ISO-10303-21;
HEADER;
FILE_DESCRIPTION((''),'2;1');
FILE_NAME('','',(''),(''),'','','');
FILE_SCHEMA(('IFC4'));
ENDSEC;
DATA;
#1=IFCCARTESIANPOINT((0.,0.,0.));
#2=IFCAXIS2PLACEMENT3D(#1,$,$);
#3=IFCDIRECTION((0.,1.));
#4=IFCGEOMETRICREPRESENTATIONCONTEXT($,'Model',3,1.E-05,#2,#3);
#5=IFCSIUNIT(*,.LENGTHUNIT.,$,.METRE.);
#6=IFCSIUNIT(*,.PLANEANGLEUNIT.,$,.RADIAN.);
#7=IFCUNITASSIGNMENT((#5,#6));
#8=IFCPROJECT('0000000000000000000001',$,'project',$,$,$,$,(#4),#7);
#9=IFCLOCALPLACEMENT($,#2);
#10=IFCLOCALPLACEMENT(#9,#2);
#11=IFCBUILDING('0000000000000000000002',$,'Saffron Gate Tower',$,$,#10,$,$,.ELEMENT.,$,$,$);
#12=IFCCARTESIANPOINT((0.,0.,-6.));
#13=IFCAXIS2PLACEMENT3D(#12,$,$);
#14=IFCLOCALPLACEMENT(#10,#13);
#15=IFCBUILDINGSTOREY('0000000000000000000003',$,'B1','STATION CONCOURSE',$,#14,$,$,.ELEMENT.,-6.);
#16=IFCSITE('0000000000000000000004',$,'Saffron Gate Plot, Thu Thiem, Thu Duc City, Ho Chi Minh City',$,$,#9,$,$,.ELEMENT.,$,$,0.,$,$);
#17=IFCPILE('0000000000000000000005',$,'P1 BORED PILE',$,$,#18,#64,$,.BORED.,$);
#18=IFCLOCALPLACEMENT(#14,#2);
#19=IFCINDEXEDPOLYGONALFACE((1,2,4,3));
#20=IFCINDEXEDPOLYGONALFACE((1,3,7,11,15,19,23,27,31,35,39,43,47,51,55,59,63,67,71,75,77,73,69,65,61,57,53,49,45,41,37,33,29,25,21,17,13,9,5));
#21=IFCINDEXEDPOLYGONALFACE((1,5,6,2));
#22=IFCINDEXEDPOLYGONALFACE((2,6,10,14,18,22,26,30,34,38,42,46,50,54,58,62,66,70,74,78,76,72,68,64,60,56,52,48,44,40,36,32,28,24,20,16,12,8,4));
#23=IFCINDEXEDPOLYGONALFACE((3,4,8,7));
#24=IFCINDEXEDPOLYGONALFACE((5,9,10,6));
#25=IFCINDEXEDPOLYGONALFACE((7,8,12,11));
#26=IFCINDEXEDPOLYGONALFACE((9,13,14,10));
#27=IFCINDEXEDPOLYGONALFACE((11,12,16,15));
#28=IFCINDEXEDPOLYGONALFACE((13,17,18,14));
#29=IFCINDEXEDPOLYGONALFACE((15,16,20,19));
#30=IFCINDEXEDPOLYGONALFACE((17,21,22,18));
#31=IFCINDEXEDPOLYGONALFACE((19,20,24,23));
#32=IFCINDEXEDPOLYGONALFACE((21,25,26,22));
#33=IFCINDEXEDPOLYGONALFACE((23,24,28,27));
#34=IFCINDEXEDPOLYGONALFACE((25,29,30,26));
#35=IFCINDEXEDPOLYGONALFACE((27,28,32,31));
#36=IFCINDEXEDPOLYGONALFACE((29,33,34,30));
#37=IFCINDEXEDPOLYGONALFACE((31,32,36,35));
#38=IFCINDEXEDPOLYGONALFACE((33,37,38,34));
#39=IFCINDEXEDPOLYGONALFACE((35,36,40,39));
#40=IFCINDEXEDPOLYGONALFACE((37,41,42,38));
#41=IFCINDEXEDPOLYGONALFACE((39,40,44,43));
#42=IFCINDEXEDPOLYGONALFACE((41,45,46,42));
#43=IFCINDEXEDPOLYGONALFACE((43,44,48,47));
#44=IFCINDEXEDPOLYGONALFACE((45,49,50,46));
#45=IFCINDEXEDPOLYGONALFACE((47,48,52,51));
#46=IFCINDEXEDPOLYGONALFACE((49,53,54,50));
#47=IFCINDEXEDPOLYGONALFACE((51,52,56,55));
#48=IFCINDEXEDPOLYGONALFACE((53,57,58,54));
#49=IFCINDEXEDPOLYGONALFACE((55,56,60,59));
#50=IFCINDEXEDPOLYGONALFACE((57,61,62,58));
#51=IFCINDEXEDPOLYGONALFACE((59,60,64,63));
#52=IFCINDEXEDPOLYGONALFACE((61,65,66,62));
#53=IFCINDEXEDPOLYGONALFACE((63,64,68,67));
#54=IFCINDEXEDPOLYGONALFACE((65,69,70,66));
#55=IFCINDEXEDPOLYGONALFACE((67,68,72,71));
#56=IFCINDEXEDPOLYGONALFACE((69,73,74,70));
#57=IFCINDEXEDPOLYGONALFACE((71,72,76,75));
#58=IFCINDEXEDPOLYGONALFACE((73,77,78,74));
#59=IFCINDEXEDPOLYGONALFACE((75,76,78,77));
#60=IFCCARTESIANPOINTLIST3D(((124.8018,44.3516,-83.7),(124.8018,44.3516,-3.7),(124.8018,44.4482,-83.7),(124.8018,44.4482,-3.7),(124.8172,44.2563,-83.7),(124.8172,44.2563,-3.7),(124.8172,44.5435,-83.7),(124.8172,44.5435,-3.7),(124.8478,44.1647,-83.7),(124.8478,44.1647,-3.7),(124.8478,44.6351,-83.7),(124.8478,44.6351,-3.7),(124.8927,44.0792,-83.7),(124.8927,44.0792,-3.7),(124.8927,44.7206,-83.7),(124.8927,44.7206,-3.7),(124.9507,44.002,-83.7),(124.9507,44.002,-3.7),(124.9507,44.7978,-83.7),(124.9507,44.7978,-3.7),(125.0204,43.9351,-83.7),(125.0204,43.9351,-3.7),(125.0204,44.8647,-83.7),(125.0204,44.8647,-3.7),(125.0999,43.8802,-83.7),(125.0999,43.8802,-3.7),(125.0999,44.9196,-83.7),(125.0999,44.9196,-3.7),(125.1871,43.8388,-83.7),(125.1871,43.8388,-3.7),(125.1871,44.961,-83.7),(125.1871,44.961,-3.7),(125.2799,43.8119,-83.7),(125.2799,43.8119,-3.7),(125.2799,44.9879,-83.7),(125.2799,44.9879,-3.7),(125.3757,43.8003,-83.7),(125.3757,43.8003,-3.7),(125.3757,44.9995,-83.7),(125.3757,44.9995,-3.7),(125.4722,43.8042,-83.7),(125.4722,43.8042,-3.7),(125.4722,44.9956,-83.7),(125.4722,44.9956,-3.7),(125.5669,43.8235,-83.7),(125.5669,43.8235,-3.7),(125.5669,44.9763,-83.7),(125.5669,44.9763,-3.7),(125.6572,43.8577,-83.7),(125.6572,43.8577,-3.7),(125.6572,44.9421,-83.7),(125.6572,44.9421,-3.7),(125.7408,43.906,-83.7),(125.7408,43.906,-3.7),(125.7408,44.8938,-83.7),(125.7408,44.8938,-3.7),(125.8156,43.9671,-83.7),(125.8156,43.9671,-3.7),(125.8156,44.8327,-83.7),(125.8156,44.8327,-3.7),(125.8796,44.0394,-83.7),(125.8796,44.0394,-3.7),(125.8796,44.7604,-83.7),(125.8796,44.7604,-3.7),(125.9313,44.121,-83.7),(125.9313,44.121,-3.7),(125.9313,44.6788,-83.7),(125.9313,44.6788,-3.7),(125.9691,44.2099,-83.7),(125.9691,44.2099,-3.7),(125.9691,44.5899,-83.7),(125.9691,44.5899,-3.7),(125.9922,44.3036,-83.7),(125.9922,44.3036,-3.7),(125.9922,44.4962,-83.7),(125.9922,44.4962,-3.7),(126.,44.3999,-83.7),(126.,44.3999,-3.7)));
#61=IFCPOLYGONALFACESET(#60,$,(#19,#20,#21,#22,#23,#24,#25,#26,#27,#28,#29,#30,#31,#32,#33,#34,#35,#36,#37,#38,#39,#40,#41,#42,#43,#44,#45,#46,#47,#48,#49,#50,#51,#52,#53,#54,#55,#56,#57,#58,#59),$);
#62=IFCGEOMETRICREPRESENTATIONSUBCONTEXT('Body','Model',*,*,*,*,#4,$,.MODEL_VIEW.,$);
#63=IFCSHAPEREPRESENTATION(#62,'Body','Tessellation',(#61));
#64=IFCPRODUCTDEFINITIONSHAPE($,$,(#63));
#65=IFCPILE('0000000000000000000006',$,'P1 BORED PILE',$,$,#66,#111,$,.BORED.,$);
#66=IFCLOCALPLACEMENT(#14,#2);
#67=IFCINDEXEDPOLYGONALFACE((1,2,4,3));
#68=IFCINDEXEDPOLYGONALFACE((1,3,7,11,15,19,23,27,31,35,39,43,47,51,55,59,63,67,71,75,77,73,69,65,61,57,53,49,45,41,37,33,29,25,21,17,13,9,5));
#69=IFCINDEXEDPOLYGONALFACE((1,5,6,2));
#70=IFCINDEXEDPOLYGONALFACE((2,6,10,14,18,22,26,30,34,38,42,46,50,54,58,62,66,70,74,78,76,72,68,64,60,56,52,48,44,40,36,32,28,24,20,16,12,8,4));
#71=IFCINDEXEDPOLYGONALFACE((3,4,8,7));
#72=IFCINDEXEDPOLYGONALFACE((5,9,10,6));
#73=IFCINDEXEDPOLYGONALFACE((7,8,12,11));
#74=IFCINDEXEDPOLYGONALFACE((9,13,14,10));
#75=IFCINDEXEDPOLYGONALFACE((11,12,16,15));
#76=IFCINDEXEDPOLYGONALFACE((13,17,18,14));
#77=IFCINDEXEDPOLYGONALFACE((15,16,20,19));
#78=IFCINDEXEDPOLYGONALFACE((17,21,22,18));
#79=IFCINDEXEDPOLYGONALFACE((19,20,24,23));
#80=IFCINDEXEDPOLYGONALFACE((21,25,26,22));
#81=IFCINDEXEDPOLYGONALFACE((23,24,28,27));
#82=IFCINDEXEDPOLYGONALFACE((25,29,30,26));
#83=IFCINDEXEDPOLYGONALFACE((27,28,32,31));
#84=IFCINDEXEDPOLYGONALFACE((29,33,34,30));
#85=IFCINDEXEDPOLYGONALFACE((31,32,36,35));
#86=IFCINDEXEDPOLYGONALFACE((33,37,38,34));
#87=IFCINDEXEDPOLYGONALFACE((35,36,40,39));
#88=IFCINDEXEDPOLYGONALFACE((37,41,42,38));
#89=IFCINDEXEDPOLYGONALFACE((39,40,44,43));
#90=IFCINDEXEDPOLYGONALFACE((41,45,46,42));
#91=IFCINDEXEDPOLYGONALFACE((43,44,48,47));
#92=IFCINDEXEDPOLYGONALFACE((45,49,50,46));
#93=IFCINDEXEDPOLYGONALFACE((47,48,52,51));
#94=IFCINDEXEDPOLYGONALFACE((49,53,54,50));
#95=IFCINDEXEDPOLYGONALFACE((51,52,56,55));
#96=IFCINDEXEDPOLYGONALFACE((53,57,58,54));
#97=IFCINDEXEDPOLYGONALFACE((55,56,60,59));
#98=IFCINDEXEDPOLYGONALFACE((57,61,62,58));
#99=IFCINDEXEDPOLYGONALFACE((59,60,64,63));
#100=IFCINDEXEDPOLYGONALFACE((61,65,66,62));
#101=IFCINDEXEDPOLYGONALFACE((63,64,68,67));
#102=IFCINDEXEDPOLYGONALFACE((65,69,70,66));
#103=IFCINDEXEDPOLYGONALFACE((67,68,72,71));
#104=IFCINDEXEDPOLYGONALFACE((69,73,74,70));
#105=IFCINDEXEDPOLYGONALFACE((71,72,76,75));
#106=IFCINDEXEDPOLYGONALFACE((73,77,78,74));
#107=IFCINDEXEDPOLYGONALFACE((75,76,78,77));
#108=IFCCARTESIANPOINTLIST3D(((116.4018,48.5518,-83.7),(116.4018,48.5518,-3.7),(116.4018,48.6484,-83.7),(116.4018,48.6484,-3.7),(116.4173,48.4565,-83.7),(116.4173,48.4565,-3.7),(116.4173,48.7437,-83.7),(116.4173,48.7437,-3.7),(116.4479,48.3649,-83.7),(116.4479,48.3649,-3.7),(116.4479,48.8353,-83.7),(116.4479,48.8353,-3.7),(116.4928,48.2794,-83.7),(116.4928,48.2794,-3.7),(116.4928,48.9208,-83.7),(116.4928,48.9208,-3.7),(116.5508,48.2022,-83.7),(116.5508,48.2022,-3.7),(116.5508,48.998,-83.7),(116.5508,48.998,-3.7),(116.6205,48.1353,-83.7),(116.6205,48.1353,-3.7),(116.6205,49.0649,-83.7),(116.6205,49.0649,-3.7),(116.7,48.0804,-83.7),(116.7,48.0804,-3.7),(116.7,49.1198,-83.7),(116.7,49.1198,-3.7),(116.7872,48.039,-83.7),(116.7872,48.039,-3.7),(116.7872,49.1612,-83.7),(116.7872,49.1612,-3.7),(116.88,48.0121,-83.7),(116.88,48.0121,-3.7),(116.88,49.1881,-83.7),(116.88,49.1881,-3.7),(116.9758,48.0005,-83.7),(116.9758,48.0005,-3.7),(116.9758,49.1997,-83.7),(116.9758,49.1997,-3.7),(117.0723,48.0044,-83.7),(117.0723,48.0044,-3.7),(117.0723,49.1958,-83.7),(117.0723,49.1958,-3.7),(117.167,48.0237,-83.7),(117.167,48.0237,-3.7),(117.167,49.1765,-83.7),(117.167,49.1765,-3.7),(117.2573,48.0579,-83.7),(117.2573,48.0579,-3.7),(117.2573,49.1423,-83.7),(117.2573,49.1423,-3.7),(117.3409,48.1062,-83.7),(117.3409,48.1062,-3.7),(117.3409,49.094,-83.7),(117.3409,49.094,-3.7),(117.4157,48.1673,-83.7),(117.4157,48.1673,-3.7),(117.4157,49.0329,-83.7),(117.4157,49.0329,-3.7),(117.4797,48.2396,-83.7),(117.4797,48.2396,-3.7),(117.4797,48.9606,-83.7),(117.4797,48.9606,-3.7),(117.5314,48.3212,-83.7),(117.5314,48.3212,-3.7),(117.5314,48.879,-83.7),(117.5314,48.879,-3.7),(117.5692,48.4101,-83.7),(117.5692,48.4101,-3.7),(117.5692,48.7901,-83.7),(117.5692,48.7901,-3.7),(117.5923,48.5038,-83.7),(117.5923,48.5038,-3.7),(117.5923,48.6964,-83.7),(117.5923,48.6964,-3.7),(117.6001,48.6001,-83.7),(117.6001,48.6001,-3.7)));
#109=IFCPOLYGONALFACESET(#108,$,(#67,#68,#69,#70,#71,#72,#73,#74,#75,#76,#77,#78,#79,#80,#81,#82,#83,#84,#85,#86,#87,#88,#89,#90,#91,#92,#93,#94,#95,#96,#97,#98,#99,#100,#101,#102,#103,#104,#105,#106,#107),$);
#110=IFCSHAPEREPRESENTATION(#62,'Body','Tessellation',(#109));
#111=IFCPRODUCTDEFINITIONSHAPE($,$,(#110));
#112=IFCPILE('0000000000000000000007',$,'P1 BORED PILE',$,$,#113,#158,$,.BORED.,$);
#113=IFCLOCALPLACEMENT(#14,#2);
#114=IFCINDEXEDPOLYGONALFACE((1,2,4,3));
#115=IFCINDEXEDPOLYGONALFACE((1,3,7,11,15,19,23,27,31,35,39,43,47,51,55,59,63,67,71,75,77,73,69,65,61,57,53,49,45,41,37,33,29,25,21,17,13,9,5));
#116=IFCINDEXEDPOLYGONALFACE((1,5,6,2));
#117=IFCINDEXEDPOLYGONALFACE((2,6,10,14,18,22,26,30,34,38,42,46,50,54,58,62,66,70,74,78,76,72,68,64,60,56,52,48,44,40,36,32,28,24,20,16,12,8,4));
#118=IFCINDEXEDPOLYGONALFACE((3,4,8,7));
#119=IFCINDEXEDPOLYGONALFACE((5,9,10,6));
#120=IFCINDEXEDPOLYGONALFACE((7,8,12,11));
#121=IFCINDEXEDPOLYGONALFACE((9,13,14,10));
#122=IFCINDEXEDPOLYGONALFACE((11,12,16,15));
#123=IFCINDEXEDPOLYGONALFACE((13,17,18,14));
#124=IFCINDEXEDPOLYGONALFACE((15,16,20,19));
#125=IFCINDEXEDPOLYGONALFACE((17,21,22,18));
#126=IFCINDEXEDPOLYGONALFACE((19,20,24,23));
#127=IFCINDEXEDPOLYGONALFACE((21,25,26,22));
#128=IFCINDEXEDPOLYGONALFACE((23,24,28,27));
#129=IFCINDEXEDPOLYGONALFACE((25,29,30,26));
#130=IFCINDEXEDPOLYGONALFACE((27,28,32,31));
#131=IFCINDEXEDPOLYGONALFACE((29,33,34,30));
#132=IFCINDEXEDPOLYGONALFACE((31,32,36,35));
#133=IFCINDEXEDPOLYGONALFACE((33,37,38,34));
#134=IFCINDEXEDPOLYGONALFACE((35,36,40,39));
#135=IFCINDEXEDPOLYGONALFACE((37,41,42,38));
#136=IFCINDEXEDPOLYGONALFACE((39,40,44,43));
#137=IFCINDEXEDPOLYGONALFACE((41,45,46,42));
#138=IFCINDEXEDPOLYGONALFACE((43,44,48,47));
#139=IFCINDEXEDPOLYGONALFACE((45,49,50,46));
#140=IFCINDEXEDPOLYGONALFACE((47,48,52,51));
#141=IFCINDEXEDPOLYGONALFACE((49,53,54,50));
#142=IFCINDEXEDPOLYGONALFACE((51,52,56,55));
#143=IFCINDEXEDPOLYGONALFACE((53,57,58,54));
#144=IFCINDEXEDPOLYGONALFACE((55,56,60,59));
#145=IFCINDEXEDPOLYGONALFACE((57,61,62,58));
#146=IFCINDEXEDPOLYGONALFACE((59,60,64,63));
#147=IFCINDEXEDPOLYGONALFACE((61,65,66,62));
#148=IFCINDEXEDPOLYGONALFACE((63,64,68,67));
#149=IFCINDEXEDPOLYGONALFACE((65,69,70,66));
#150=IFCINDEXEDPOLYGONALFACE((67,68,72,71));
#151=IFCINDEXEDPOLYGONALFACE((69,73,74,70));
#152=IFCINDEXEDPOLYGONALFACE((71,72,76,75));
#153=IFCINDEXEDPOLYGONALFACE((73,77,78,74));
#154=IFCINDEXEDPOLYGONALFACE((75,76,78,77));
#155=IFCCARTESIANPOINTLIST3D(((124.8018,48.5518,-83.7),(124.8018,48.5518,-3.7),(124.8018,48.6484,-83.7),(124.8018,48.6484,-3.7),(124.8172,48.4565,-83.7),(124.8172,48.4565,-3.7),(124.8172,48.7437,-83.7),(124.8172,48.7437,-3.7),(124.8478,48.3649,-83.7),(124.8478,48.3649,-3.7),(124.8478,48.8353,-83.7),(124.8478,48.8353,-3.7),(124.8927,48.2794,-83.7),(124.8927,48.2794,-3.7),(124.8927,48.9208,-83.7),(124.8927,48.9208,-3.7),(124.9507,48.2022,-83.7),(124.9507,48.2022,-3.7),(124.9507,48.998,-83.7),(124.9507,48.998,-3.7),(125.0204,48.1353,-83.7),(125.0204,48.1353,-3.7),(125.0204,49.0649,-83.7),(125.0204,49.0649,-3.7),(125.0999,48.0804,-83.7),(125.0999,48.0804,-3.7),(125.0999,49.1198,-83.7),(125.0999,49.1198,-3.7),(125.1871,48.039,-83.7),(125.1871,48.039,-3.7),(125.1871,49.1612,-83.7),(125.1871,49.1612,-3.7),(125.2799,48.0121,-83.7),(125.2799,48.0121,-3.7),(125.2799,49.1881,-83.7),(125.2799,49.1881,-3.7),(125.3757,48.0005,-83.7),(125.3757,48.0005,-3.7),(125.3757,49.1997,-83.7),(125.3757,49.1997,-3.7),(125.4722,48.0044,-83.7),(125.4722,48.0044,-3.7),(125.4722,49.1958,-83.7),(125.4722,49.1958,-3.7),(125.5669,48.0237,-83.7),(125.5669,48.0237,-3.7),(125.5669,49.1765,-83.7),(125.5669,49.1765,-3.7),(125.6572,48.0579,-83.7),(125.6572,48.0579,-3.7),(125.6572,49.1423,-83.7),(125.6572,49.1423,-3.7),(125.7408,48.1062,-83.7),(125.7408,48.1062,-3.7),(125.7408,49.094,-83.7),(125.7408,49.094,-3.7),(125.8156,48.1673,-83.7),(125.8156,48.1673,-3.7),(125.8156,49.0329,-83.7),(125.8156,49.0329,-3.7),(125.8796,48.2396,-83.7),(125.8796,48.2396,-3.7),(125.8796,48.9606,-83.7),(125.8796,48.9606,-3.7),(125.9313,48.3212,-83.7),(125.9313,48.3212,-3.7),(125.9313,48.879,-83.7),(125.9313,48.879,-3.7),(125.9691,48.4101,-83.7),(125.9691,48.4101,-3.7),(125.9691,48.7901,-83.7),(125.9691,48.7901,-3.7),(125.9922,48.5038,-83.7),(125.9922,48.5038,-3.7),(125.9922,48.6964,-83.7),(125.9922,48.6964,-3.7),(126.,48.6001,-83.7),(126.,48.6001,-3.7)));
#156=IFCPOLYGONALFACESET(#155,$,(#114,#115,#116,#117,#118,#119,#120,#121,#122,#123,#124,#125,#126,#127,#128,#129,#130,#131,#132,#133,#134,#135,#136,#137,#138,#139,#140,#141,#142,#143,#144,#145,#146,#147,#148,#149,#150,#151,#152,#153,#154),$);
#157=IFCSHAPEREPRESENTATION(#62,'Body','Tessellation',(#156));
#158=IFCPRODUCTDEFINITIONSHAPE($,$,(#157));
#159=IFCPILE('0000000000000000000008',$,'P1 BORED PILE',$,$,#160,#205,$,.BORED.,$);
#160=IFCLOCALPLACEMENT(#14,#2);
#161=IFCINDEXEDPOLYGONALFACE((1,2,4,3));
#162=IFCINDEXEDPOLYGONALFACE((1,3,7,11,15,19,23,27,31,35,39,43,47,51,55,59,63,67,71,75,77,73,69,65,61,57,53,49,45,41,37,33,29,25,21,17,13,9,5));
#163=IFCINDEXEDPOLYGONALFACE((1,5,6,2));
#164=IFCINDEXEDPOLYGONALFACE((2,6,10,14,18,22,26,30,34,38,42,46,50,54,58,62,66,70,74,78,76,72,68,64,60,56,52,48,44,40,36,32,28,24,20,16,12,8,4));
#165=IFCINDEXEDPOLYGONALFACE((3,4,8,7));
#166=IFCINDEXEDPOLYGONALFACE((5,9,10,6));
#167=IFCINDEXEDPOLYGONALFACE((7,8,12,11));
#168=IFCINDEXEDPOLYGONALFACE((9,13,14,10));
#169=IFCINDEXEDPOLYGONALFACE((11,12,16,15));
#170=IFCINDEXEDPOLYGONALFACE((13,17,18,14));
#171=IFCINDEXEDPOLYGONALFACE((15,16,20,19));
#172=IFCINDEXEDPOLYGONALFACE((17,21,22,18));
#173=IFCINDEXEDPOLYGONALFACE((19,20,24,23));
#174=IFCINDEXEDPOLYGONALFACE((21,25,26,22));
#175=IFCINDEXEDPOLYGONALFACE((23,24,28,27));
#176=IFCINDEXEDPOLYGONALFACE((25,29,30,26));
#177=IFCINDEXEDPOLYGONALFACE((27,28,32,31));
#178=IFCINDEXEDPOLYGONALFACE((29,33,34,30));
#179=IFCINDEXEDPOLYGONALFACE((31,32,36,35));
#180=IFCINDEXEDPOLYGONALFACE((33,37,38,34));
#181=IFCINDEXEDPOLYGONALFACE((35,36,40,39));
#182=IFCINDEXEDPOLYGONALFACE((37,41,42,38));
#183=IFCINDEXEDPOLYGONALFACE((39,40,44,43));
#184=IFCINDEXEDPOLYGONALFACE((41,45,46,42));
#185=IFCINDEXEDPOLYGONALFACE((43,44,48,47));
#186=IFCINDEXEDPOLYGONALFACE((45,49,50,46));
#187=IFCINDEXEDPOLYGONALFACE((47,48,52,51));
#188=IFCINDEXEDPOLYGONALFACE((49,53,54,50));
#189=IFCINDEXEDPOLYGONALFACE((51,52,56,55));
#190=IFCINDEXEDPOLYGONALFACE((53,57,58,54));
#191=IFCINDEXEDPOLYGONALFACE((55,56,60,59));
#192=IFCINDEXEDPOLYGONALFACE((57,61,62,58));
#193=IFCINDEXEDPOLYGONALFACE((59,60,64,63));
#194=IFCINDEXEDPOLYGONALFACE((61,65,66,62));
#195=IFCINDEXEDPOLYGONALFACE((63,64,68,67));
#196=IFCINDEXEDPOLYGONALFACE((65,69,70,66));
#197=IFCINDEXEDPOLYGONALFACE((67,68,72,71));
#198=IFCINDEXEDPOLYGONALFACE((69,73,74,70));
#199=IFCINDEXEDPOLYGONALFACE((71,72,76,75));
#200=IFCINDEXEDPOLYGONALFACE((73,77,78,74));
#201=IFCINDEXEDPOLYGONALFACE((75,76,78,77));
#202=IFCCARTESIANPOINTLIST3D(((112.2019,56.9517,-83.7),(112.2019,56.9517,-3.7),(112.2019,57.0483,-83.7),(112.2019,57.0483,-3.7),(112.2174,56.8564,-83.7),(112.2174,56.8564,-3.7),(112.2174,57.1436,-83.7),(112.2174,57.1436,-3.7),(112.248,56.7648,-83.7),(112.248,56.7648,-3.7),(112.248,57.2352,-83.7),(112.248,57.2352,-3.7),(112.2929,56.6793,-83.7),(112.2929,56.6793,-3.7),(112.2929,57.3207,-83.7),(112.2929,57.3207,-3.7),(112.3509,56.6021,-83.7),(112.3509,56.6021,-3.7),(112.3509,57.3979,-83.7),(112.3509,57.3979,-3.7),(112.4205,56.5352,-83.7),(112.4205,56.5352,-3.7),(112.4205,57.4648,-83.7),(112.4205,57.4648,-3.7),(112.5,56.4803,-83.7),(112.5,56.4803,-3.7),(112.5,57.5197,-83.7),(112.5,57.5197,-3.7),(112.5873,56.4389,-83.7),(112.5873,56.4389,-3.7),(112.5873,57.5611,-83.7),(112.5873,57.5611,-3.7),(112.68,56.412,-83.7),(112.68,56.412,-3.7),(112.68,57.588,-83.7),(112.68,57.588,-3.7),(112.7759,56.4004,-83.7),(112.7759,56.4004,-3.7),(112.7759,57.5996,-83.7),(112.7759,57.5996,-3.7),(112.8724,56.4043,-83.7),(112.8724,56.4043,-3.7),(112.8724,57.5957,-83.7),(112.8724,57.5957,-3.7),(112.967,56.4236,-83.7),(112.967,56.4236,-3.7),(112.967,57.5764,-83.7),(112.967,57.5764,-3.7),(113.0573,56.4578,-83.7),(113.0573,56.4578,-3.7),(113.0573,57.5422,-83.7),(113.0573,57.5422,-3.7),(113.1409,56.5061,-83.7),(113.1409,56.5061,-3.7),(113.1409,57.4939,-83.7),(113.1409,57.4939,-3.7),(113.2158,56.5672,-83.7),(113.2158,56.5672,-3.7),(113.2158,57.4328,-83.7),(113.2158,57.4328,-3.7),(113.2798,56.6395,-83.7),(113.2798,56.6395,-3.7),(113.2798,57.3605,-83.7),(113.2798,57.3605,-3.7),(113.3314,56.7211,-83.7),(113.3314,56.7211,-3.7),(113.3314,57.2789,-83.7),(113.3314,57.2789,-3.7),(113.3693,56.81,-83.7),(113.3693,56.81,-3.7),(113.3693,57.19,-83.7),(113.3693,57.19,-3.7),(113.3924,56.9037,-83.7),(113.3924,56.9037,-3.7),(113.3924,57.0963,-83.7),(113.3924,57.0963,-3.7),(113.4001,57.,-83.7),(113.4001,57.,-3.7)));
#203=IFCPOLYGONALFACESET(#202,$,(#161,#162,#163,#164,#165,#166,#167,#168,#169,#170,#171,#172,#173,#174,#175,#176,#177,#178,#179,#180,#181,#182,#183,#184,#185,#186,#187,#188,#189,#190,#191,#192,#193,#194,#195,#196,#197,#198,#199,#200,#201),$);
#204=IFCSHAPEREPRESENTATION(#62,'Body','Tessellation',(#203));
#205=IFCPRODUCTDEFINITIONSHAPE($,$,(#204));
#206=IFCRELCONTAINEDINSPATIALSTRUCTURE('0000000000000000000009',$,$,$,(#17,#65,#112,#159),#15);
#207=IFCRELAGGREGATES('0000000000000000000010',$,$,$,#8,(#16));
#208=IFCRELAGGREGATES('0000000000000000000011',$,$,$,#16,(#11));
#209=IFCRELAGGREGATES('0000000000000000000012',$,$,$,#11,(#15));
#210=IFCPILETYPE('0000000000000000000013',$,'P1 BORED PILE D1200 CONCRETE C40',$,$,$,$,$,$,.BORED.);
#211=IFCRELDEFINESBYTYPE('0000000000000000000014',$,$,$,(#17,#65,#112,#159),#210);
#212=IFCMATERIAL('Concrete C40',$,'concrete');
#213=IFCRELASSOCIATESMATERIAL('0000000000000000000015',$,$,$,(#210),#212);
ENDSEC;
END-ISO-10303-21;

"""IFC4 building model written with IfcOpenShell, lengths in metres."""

from ifc_helpers import new_model, si_unit, direction, frame, origin, origin_2d, place, context, subcontext, project, spatial, circle, extrude, material, material_profile, profile_set, type_object, element, save


model = new_model("IFC4")

# Units and contexts
model_context = context("Model", 3, precision=1e-05, world=origin(), true_north=direction((0.0, 1.0)))
body_context = subcontext(model_context, "Body", "Model", "MODEL_VIEW")
ifc_project = project(units=[si_unit("LENGTHUNIT", "METRE"), si_unit("PLANEANGLEUNIT", "RADIAN")], contexts=[model_context])

# Site, building, storey
site_placement = place(None, origin())
site = spatial("IfcSite", under=ifc_project, at=site_placement, Name="Saffron Gate Plot, Thu Thiem, Thu Duc City, Ho Chi Minh City", CompositionType="ELEMENT", RefElevation=0.0)
building_placement = place(site_placement, origin())
building = spatial("IfcBuilding", under=site, at=building_placement, Name="Saffron Gate Tower", CompositionType="ELEMENT")
storey_placement = place(building_placement, frame((0.0, 0.0, -6.0)))
storey = spatial("IfcBuildingStorey", under=building, at=storey_placement, Name="B1", Description="STATION CONCOURSE", CompositionType="ELEMENT", Elevation=-6.0)

# Piles
ifc_material_1 = material(Name="Concrete C40", Category="concrete")
ifc_material_profile_1 = material_profile(ifc_material_1, circle(Radius=0.6001, at=origin_2d()))
ifc_profile_set_1 = profile_set([ifc_material_profile_1], Name="Concrete C40")
pile_type_1 = type_object("IfcPileType", Name="P1 BORED PILE D1200 CONCRETE C40", PredefinedType="BORED", material=ifc_profile_set_1)
for number, where, z_axis, x_axis, name in (
    (1, (125.3999, 44.3999, -3.7), (0.0, 0.0, -1.0), (1.0, 0.0, 0.0), "P1 BORED PILE"),
    (2, (117.0, 48.6001, -3.7), (0.0, 0.0, -1.0), (1.0, 0.0, 0.0), "P1 BORED PILE"),
    (3, (125.3999, 48.6001, -3.7), (0.0, 0.0, -1.0), (1.0, 0.0, 0.0), "P1 BORED PILE"),
    (4, (112.8, 57.0, -3.7), (0.0, 0.0, -1.0), (1.0, 0.0, 0.0), "P1 BORED PILE"),
):
    element("IfcPile", number, at=place(storey_placement, frame(where, z_axis=z_axis, x_axis=x_axis)), inside=storey, type_object=pile_type_1, Name=name, PredefinedType="BORED", context=body_context, shape_type="SweptSolid", body=[
        extrude(circle(Radius=0.6001, at=origin_2d()), origin(), (0.0, 0.0, 1.0), 80.0),
    ])

save(model, "model.ifc")
